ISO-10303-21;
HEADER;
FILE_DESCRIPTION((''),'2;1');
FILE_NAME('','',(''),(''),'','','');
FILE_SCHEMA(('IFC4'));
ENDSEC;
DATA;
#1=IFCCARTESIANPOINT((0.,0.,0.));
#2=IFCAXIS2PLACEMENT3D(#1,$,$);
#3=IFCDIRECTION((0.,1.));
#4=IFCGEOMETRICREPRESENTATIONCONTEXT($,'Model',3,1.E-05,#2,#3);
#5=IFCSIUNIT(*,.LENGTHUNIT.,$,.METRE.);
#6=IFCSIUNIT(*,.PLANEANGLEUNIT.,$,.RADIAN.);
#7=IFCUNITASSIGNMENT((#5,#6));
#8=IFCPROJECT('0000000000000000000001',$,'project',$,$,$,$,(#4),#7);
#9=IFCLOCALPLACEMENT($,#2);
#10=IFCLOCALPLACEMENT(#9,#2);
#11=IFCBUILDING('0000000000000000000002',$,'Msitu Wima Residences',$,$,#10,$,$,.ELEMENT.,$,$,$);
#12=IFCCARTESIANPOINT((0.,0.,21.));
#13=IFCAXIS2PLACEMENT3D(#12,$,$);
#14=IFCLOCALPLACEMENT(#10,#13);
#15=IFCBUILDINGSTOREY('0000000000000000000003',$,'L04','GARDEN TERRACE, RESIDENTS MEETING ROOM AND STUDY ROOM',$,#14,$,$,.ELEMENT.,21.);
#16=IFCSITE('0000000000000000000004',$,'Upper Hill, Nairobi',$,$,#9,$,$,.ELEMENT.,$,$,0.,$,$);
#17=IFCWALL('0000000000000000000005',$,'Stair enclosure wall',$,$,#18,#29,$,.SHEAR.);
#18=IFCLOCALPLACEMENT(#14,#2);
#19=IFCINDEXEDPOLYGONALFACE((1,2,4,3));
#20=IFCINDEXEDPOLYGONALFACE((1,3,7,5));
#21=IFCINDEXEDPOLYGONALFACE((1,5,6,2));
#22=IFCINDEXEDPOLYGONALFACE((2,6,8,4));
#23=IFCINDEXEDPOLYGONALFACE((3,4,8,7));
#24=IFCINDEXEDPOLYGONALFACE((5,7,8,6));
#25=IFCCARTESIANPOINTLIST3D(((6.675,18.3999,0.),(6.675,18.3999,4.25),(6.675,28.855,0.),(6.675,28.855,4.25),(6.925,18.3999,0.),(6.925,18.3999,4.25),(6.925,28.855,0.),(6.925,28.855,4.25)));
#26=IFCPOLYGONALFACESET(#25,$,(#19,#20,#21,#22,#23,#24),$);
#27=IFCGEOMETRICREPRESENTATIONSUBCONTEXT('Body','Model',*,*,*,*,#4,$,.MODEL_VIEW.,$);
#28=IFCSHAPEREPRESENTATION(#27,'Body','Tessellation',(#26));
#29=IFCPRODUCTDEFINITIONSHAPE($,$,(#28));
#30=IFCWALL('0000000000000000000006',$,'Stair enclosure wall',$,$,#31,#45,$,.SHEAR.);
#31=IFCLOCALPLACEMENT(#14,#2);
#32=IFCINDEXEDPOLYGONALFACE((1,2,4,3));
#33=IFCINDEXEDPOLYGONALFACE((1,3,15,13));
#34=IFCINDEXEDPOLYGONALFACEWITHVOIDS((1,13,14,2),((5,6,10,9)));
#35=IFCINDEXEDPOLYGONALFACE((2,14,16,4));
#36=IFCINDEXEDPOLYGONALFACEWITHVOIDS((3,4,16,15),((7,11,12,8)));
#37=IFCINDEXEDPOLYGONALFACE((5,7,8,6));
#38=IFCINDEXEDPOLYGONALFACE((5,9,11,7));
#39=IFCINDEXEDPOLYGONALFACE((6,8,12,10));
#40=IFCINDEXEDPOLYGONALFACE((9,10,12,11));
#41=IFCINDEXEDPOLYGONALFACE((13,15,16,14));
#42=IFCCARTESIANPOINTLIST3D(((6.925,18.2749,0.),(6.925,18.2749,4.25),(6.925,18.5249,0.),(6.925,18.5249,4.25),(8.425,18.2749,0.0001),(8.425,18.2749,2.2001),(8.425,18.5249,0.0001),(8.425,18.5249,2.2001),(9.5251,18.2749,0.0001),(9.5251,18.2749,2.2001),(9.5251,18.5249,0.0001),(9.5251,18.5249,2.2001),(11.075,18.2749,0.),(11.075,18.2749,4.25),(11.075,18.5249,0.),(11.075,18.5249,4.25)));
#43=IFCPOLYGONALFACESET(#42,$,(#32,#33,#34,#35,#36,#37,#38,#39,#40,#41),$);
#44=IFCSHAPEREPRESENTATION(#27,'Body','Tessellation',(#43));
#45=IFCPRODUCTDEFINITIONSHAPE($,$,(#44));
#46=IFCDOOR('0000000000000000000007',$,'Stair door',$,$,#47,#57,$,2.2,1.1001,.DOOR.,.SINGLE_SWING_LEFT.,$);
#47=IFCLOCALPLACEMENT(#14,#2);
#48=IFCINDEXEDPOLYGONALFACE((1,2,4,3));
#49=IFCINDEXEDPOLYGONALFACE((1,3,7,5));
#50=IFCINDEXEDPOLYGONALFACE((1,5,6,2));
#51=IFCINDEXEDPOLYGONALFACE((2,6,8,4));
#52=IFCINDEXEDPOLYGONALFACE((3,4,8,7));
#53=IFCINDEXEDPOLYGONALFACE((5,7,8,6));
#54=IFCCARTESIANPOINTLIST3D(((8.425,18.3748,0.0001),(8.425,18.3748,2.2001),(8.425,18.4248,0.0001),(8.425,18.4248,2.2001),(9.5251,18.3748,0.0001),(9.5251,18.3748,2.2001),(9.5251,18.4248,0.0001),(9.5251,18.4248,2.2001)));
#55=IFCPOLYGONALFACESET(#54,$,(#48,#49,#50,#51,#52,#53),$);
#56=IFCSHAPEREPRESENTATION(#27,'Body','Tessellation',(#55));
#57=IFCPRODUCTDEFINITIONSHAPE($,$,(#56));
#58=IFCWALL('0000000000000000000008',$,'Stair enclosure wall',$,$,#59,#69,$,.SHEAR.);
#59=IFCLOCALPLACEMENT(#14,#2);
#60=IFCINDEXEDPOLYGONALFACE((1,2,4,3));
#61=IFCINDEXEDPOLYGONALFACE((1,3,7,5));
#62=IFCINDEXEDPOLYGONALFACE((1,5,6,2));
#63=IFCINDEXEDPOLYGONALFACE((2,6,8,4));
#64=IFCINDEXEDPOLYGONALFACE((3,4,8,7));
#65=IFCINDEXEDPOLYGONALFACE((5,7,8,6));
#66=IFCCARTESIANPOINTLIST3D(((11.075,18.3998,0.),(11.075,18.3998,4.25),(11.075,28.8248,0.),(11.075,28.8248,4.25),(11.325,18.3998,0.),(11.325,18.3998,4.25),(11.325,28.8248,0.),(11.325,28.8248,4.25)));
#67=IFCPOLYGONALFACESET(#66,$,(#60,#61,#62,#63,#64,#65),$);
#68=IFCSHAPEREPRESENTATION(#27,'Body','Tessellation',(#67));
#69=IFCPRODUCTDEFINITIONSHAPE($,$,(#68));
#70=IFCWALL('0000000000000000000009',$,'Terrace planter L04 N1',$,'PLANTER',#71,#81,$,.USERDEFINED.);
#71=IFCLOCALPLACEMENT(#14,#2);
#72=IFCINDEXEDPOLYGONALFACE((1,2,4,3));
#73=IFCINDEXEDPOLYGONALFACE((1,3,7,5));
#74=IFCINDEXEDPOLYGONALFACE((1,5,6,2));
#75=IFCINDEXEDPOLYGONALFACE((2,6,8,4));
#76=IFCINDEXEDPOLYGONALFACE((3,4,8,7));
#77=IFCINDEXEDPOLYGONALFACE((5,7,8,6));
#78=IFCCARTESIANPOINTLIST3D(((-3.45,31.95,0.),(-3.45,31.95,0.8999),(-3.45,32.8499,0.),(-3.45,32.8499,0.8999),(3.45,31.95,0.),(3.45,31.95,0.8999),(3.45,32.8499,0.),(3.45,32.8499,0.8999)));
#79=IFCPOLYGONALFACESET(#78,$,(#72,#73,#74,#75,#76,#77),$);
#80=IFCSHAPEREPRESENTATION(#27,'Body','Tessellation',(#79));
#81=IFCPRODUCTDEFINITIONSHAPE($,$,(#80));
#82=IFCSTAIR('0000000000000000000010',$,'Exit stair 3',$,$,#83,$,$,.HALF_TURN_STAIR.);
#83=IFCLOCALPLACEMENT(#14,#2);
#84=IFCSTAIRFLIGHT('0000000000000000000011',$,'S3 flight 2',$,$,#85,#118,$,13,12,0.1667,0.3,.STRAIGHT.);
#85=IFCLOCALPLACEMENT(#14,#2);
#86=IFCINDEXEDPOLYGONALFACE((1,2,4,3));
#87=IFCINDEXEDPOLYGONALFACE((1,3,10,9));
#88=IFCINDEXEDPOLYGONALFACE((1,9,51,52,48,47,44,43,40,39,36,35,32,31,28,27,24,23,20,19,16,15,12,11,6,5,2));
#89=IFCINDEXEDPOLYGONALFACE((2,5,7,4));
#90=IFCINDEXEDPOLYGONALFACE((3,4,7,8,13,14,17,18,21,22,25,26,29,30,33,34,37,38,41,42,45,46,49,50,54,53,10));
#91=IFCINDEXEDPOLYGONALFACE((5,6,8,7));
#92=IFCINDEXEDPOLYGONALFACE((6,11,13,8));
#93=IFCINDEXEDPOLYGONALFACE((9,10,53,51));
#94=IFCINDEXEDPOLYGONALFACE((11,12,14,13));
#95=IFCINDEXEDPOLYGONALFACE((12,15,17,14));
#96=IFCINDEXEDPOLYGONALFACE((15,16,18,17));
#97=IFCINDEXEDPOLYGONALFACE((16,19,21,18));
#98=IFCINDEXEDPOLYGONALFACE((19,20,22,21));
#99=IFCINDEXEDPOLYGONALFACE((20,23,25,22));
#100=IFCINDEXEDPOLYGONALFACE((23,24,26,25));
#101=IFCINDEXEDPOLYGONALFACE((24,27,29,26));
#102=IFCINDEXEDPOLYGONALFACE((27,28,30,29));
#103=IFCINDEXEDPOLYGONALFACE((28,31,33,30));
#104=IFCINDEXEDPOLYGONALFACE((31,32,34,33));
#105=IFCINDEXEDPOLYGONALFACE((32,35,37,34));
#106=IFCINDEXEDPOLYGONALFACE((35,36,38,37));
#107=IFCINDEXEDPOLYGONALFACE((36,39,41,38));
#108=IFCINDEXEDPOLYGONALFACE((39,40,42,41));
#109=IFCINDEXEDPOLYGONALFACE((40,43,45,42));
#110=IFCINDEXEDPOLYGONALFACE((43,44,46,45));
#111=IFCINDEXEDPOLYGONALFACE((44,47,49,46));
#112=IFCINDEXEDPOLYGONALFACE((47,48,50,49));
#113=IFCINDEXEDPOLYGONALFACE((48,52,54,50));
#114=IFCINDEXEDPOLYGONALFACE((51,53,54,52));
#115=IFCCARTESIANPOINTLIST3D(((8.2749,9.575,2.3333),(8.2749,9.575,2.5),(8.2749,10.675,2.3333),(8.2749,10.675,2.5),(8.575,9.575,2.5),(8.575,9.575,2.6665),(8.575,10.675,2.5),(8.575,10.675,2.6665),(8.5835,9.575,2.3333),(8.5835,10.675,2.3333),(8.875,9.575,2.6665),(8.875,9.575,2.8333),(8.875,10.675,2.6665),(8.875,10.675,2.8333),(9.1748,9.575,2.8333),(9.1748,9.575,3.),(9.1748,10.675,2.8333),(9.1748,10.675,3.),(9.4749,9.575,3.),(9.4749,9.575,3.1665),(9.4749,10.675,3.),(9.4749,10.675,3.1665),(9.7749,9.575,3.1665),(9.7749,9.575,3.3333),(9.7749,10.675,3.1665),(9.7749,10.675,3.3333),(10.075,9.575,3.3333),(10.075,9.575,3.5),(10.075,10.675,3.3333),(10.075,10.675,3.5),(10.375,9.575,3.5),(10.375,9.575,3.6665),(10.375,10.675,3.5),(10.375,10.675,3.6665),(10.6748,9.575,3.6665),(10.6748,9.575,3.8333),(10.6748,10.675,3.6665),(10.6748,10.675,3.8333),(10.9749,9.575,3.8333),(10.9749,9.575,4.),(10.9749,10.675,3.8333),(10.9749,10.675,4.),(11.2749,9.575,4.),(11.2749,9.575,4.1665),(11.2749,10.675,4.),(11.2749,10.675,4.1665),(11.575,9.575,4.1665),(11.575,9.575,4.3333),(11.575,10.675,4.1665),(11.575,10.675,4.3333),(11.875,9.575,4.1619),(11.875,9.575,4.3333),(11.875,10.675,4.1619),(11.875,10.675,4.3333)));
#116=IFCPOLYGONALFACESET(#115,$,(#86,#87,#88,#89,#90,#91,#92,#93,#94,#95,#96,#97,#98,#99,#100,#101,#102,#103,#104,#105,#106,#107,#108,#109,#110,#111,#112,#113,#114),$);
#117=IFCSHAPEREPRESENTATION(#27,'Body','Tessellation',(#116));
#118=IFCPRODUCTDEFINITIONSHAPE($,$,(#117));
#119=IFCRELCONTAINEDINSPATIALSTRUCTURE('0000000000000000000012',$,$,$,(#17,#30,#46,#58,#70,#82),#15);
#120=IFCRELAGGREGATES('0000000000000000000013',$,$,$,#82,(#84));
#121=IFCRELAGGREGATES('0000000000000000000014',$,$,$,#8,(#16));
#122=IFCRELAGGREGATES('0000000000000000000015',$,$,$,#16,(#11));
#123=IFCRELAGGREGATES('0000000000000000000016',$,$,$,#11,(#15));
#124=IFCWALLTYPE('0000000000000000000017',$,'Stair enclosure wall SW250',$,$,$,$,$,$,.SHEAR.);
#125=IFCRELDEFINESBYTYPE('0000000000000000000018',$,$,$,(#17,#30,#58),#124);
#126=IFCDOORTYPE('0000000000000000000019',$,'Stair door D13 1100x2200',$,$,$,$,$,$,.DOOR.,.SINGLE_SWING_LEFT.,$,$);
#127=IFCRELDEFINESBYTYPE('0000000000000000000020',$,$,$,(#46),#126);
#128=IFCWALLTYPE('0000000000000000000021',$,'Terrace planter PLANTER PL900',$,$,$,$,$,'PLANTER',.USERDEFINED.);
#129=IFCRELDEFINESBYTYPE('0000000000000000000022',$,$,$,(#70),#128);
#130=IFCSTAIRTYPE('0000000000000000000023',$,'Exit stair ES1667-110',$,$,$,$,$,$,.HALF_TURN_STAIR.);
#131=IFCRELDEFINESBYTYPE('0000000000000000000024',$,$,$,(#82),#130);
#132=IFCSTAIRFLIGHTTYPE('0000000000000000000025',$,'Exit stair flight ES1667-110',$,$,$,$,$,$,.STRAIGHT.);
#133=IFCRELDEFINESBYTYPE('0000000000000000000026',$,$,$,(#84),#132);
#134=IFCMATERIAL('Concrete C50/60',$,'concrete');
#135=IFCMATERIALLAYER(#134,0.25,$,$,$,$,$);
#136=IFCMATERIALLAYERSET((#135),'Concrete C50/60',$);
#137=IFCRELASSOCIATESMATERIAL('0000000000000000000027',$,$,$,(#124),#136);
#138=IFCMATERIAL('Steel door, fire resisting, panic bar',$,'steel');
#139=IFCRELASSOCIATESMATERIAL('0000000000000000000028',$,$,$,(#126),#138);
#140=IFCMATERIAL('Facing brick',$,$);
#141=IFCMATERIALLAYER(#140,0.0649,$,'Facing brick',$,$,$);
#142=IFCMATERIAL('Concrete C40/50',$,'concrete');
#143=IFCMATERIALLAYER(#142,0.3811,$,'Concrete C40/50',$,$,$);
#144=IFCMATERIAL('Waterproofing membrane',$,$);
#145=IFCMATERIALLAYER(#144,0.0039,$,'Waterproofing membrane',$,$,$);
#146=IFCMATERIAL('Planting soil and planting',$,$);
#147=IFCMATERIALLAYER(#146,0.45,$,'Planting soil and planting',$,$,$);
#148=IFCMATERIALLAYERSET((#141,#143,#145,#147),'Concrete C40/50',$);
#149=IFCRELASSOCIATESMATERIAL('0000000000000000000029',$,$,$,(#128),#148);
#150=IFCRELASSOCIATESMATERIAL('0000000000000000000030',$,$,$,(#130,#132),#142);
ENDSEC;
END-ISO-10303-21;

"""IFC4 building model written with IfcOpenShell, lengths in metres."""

from ifc_helpers import new_model, si_unit, direction, frame, frame_2d, origin, place, context, subcontext, project, spatial, polyline, rectangle, outline, extrude, material, layer, layer_set, type_object, element, fill, aggregate, save


model = new_model("IFC4")

# Units and contexts
model_context = context("Model", 3, precision=1e-05, world=origin(), true_north=direction((0.0, 1.0)))
body_context = subcontext(model_context, "Body", "Model", "MODEL_VIEW")
ifc_project = project(units=[si_unit("LENGTHUNIT", "METRE"), si_unit("PLANEANGLEUNIT", "RADIAN")], contexts=[model_context])

# Site, building, storey
site_placement = place(None, origin())
site = spatial("IfcSite", under=ifc_project, at=site_placement, Name="Upper Hill, Nairobi", CompositionType="ELEMENT", RefElevation=0.0)
building_placement = place(site_placement, origin())
building = spatial("IfcBuilding", under=site, at=building_placement, Name="Msitu Wima Residences", CompositionType="ELEMENT")
storey_placement = place(building_placement, frame((0.0, 0.0, 21.0)))
storey = spatial("IfcBuildingStorey", under=building, at=storey_placement, Name="L04", Description="GARDEN TERRACE, RESIDENTS MEETING ROOM AND STUDY ROOM", CompositionType="ELEMENT", Elevation=21.0)

# Shared definitions
ifc_material_1 = material(Name="Concrete C50/60", Category="concrete")
ifc_material_2 = material(Name="Concrete C40/50", Category="concrete")

# Wall
ifc_layer_1 = layer(ifc_material_1, 0.25)
ifc_layer_set_1 = layer_set([ifc_layer_1], Name="Concrete C50/60")
wall_type_1 = type_object("IfcWallType", Name="Stair enclosure wall SW250", PredefinedType="SHEAR", material=ifc_layer_set_1)
wall_1_placement = place(storey_placement, frame((6.8, 18.3999, 0.0), z_axis=(0.0, 0.0, 1.0), x_axis=(0.0, 1.0, 0.0)))
element("IfcWall", 1, at=wall_1_placement, inside=storey, type_object=wall_type_1, Name="Stair enclosure wall", PredefinedType="SHEAR", context=body_context, shape_type="SweptSolid", body=[
    extrude(rectangle(XDim=10.4551, YDim=0.25, at=frame_2d((5.2275, 0.0))), origin(), (0.0, 0.0, 1.0), 4.25),
])

# Wall, opening, door
wall_2_placement = place(storey_placement, frame((6.925, 18.3999, 0.0), z_axis=(0.0, 0.0, 1.0), x_axis=(1.0, 0.0, 0.0)))
wall_2 = element("IfcWall", 2, at=wall_2_placement, inside=storey, type_object=wall_type_1, Name="Stair enclosure wall", PredefinedType="SHEAR", context=body_context, shape_type="SweptSolid", body=[
    extrude(rectangle(XDim=4.1499, YDim=0.25, at=frame_2d((2.075, 0.0))), origin(), (0.0, 0.0, 1.0), 4.25),
])
opening_1_placement = place(wall_2_placement, frame((1.5, 0.0, 0.0)))
opening_1 = element("IfcOpeningElement", 3, at=opening_1_placement, cuts=wall_2, PredefinedType="OPENING", context=body_context, shape_type="SweptSolid", body=[
    extrude(rectangle(XDim=1.1001, YDim=2.2, at=frame_2d((0.55, 1.1001))), frame((0.0, 0.135, 0.0), z_axis=(0.0, -1.0, 0.0), x_axis=(1.0, 0.0, 0.0)), (0.0, 0.0, 1.0), 0.27),
])
ifc_material_3 = material(Name="Steel door, fire resisting, panic bar", Category="steel")
door_type_1 = type_object("IfcDoorType", Name="Stair door D13 1100x2200", OperationType="SINGLE_SWING_LEFT", PredefinedType="DOOR", material=ifc_material_3)
door_1_placement = place(opening_1_placement, origin())
door_1 = element("IfcDoor", 4, at=door_1_placement, inside=storey, type_object=door_type_1, Name="Stair door", OperationType="SINGLE_SWING_LEFT", OverallHeight=2.2, OverallWidth=1.1001, PredefinedType="DOOR", context=body_context, shape_type="SweptSolid", body=[
    extrude(rectangle(XDim=1.1001, YDim=2.2, at=frame_2d((0.55, 1.1001))), frame((0.0, 0.0249, 0.0), z_axis=(0.0, -1.0, 0.0), x_axis=(1.0, 0.0, 0.0)), (0.0, 0.0, 1.0), 0.05),
])
fill(opening_1, door_1)

# Walls
wall_3_placement = place(storey_placement, frame((11.2, 18.3999, 0.0), z_axis=(0.0, 0.0, 1.0), x_axis=(0.0, 1.0, 0.0)))
element("IfcWall", 5, at=wall_3_placement, inside=storey, type_object=wall_type_1, Name="Stair enclosure wall", PredefinedType="SHEAR", context=body_context, shape_type="SweptSolid", body=[
    extrude(rectangle(XDim=10.425, YDim=0.25, at=frame_2d((5.2124, 0.0))), origin(), (0.0, 0.0, 1.0), 4.25),
])
ifc_material_4 = material(Name="Facing brick")
ifc_layer_2 = layer(ifc_material_4, 0.0649, Name="Facing brick")
ifc_layer_3 = layer(ifc_material_2, 0.3811, Name="Concrete C40/50")
ifc_material_5 = material(Name="Waterproofing membrane")
ifc_layer_4 = layer(ifc_material_5, 0.0039, Name="Waterproofing membrane")
ifc_material_6 = material(Name="Planting soil and planting")
ifc_layer_5 = layer(ifc_material_6, 0.45, Name="Planting soil and planting")
ifc_layer_set_2 = layer_set([ifc_layer_2, ifc_layer_3, ifc_layer_4, ifc_layer_5], Name="Concrete C40/50")
wall_type_2 = type_object("IfcWallType", Name="Terrace planter PLANTER PL900", ElementType="PLANTER", PredefinedType="USERDEFINED", material=ifc_layer_set_2)
wall_4_placement = place(storey_placement, frame((3.45, 32.3999, 0.0), z_axis=(0.0, 0.0, 1.0), x_axis=(-1.0, 0.0, 0.0)))
element("IfcWall", 6, at=wall_4_placement, inside=storey, type_object=wall_type_2, Name="Terrace planter L04 N1", ObjectType="PLANTER", PredefinedType="USERDEFINED", context=body_context, shape_type="SweptSolid", body=[
    extrude(rectangle(XDim=6.8999, YDim=0.8999, at=frame_2d((3.45, 0.0))), origin(), (0.0, 0.0, 1.0), 0.8999),
])

# Stair, stair flight
stair_type = type_object("IfcStairType", Name="Exit stair ES1667-110", PredefinedType="HALF_TURN_STAIR", material=ifc_material_2)
stair_placement = place(storey_placement, origin())
stair = element("IfcStair", 7, at=stair_placement, inside=storey, type_object=stair_type, Name="Exit stair 3", PredefinedType="HALF_TURN_STAIR")
stair_flight_type = type_object("IfcStairFlightType", Name="Exit stair flight ES1667-110", PredefinedType="STRAIGHT", material=ifc_material_2)
stair_flight_placement = place(storey_placement, frame((8.2749, 10.125, 2.3333), z_axis=(0.0, 0.0, 1.0), x_axis=(1.0, 0.0, 0.0)))
stair_flight = element("IfcStairFlight", 8, at=stair_flight_placement, type_object=stair_flight_type, Name="S3 flight 2", NumberOfRisers=13, NumberOfTreads=12, PredefinedType="STRAIGHT", RiserHeight=0.1667, TreadLength=0.3, context=body_context, shape_type="SweptSolid", body=[
    extrude(outline(polyline([(0.0, 0.0), (0.0, 0.1667), (0.3, 0.1667), (0.3, 0.3333), (0.6001, 0.3333), (0.6001, 0.5), (0.8999, 0.5), (0.8999, 0.6667), (1.2, 0.6667), (1.2, 0.8333), (1.5, 0.8333), (1.5, 1.0), (1.8, 1.0), (1.8, 1.1667), (2.1001, 1.1667), (2.1001, 1.3333), (2.3999, 1.3333), (2.3999, 1.5), (2.7, 1.5), (2.7, 1.6667), (3.0, 1.6667), (3.0, 1.8333), (3.3, 1.8333), (3.3, 2.0), (3.6001, 2.0), (3.6001, 2.1667), (3.6001, 1.8286), (0.3086, 0.0), (0.0, 0.0)])), frame((0.0, 0.55, 0.0), z_axis=(0.0, -1.0, 0.0), x_axis=(1.0, 0.0, 0.0)), (0.0, 0.0, 1.0), 1.1001),
])
aggregate(stair, [stair_flight])

save(model, "model.ifc")
